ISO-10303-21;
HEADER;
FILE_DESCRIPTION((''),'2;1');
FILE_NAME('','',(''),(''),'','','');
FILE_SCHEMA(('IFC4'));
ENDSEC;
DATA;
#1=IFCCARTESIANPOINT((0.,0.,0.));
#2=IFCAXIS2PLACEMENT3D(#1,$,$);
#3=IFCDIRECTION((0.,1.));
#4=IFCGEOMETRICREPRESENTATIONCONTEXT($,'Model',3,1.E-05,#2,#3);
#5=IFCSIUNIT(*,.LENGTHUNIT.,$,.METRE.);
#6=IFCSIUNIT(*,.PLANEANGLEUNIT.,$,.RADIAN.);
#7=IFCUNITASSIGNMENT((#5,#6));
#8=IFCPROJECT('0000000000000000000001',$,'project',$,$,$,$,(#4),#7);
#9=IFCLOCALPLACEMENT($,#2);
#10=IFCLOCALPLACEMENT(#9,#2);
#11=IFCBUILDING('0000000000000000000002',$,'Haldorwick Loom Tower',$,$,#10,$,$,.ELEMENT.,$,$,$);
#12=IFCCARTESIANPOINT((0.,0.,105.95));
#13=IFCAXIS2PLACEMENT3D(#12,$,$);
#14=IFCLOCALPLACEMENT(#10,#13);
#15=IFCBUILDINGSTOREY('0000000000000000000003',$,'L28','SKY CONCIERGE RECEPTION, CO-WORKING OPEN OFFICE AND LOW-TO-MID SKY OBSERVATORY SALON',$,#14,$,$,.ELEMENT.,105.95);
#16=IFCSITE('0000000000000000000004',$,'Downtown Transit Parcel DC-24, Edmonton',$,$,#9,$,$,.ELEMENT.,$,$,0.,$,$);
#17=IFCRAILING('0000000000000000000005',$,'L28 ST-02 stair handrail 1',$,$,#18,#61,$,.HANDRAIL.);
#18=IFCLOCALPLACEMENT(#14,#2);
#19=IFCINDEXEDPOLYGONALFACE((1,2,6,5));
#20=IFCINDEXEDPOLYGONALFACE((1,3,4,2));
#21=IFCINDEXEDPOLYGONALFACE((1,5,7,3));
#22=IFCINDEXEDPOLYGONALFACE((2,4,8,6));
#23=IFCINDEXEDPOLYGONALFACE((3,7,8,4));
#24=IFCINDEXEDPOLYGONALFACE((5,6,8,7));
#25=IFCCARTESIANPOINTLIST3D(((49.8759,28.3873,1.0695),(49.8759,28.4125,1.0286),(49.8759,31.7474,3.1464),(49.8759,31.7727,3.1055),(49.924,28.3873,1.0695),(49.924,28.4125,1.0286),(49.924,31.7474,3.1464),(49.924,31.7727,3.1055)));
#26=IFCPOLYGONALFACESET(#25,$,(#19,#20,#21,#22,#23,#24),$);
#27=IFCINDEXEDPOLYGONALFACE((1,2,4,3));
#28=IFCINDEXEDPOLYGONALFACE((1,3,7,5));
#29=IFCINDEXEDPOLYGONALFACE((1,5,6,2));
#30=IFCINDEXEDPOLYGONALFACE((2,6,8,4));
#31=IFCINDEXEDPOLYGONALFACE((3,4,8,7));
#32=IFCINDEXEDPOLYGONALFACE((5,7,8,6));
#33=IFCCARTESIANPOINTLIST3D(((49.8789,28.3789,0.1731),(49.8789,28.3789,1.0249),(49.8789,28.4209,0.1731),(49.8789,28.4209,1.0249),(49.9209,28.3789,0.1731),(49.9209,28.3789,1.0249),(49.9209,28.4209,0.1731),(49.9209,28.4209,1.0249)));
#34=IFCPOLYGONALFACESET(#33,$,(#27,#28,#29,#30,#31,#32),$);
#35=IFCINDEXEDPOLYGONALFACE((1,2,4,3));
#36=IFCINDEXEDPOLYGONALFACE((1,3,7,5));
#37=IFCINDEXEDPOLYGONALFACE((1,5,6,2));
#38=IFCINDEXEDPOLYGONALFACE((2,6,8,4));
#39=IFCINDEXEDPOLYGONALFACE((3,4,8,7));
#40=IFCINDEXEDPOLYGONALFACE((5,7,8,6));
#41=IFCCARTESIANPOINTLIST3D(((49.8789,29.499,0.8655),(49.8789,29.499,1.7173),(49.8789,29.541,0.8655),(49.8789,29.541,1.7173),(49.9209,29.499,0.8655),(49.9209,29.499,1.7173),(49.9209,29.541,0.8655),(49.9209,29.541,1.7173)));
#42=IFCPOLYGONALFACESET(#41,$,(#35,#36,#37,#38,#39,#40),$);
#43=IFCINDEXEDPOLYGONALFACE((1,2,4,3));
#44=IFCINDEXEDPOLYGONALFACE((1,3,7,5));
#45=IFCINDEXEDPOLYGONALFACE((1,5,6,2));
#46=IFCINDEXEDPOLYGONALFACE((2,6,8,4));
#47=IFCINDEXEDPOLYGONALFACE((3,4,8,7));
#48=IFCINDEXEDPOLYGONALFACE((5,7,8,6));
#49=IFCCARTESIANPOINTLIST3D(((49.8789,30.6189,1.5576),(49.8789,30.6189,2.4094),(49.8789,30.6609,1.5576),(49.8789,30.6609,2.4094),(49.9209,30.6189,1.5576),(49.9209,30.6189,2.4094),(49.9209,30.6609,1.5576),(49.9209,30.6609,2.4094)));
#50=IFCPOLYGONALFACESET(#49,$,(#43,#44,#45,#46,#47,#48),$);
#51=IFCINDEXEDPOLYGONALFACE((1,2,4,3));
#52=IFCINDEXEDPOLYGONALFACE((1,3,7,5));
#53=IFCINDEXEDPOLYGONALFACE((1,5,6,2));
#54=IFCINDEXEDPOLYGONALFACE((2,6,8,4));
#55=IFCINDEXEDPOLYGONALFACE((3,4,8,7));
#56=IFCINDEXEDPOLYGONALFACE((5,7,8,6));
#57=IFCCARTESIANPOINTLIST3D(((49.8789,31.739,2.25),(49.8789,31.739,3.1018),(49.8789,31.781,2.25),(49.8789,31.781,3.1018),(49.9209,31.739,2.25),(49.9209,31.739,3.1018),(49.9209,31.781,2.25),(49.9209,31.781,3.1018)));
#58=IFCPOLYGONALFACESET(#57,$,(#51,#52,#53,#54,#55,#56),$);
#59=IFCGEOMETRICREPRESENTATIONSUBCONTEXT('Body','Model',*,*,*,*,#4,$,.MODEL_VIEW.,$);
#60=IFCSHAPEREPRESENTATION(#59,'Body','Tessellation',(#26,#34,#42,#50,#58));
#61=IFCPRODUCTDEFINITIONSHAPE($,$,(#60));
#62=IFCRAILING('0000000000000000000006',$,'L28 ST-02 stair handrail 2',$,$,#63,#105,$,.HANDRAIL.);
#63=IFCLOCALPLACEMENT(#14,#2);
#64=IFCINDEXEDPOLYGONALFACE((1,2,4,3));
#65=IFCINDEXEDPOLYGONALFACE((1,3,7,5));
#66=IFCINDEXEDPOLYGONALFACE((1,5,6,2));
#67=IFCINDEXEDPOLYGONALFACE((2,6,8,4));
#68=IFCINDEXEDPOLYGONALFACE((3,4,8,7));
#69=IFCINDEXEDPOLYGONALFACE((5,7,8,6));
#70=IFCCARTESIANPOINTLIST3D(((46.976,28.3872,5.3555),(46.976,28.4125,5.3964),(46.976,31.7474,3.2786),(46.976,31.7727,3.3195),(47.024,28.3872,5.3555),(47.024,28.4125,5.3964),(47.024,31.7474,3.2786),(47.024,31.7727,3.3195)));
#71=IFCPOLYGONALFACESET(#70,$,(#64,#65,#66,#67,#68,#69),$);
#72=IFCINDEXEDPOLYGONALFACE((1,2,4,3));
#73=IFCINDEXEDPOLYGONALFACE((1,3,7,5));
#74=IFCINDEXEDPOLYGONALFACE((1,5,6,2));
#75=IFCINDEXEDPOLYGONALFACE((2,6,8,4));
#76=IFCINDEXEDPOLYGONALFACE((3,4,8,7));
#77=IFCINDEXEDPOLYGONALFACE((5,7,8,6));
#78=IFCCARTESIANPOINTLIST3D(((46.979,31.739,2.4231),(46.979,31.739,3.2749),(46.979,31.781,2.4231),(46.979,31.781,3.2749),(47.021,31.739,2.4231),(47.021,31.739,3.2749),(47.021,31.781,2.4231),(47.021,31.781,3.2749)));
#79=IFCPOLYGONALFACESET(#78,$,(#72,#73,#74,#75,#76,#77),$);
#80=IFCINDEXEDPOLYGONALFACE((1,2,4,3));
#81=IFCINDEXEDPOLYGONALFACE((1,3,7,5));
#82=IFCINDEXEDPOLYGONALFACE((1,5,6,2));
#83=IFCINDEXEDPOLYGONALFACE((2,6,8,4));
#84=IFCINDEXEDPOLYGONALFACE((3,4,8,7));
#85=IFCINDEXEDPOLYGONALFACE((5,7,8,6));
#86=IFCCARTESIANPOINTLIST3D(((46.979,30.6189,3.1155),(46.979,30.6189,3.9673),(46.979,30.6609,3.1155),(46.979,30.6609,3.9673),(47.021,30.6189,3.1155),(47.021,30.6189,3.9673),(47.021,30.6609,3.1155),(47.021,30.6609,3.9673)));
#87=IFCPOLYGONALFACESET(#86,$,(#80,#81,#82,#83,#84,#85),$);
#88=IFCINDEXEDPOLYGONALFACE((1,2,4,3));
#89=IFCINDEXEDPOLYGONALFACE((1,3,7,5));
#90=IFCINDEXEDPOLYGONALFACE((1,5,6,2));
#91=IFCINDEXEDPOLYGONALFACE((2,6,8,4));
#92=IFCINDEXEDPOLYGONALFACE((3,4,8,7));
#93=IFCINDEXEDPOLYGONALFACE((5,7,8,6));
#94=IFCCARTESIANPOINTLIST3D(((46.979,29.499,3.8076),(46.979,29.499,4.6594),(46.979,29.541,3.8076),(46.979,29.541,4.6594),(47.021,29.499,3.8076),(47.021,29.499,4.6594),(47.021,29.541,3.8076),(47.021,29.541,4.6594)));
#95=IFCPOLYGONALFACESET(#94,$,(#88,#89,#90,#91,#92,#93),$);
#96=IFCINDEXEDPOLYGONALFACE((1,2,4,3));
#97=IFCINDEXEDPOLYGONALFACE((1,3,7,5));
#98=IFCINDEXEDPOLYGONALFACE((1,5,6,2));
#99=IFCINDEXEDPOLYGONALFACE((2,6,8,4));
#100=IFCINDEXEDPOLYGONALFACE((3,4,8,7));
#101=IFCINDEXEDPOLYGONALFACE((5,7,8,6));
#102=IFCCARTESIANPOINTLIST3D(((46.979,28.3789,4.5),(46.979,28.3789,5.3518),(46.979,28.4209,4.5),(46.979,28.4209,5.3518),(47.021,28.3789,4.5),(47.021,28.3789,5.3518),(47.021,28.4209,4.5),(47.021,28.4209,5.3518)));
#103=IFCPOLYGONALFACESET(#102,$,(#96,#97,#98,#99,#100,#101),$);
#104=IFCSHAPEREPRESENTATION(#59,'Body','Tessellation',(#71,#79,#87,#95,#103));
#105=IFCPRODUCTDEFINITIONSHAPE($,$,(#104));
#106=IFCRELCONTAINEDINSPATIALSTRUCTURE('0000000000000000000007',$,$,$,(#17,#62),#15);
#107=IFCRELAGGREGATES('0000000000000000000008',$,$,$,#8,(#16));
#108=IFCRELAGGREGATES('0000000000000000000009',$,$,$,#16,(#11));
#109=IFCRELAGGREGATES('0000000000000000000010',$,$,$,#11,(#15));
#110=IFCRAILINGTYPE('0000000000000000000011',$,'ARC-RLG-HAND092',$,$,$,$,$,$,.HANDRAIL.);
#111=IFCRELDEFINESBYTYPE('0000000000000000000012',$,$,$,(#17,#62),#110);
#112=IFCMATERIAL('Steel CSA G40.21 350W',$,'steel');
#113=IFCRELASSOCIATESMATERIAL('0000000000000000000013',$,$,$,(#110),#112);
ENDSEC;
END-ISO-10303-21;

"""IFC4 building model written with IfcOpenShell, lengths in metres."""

from ifc_helpers import new_model, si_unit, direction, frame, origin, origin_2d, place, context, subcontext, project, spatial, rectangle, extrude, material, type_object, element, save


model = new_model("IFC4")

# Units and contexts
model_context = context("Model", 3, precision=1e-05, world=origin(), true_north=direction((0.0, 1.0)))
body_context = subcontext(model_context, "Body", "Model", "MODEL_VIEW")
ifc_project = project(units=[si_unit("LENGTHUNIT", "METRE"), si_unit("PLANEANGLEUNIT", "RADIAN")], contexts=[model_context])

# Site, building, storey
site_placement = place(None, origin())
site = spatial("IfcSite", under=ifc_project, at=site_placement, Name="Downtown Transit Parcel DC-24, Edmonton", CompositionType="ELEMENT", RefElevation=0.0)
building_placement = place(site_placement, origin())
building = spatial("IfcBuilding", under=site, at=building_placement, Name="Haldorwick Loom Tower", CompositionType="ELEMENT")
storey_placement = place(building_placement, frame((0.0, 0.0, 105.95)))
storey = spatial("IfcBuildingStorey", under=building, at=storey_placement, Name="L28", Description="SKY CONCIERGE RECEPTION, CO-WORKING OPEN OFFICE AND LOW-TO-MID SKY OBSERVATORY SALON", CompositionType="ELEMENT", Elevation=105.95)

# Shared definitions
ifc_material_1 = material(Name="Steel CSA G40.21 350W", Category="steel")

# Railings
railing_type_1 = type_object("IfcRailingType", Name="ARC-RLG-HAND092", PredefinedType="HANDRAIL", material=ifc_material_1)
railing_1_placement = place(storey_placement, frame((49.8999, 28.3999, 0.1731)))
element("IfcRailing", 1, at=railing_1_placement, inside=storey, type_object=railing_type_1, Name="L28 ST-02 stair handrail 1", PredefinedType="HANDRAIL", context=body_context, shape_type="SweptSolid", body=[
    extrude(rectangle(XDim=0.0481, YDim=0.0481, at=origin_2d()), frame((0.0, 0.0, 0.876), z_axis=(0.0, 0.850623, 0.525776), x_axis=(-1.0, 0.0, 0.0)), (0.0, 0.0, 1.0), 3.9502),
    extrude(rectangle(XDim=0.042, YDim=0.042, at=origin_2d()), origin(), (0.0, 0.0, 1.0), 0.8518),
    extrude(rectangle(XDim=0.042, YDim=0.042, at=origin_2d()), frame((0.0, 1.1201, 0.6924)), (0.0, 0.0, 1.0), 0.8518),
    extrude(rectangle(XDim=0.042, YDim=0.042, at=origin_2d()), frame((0.0, 2.24, 1.3845)), (0.0, 0.0, 1.0), 0.8518),
    extrude(rectangle(XDim=0.042, YDim=0.042, at=origin_2d()), frame((0.0, 3.3601, 2.0769)), (0.0, 0.0, 1.0), 0.8518),
])
railing_2_placement = place(storey_placement, frame((47.0, 31.76, 2.4231)))
element("IfcRailing", 2, at=railing_2_placement, inside=storey, type_object=railing_type_1, Name="L28 ST-02 stair handrail 2", PredefinedType="HANDRAIL", context=body_context, shape_type="SweptSolid", body=[
    extrude(rectangle(XDim=0.0481, YDim=0.0481, at=origin_2d()), frame((0.0, 0.0, 0.876), z_axis=(0.0, -0.850623, 0.525776), x_axis=(1.0, 0.0, 0.0)), (0.0, 0.0, 1.0), 3.9502),
    extrude(rectangle(XDim=0.042, YDim=0.042, at=origin_2d()), origin(), (0.0, 0.0, 1.0), 0.8518),
    extrude(rectangle(XDim=0.042, YDim=0.042, at=origin_2d()), frame((0.0, -1.1201, 0.6924)), (0.0, 0.0, 1.0), 0.8518),
    extrude(rectangle(XDim=0.042, YDim=0.042, at=origin_2d()), frame((0.0, -2.24, 1.3845)), (0.0, 0.0, 1.0), 0.8518),
    extrude(rectangle(XDim=0.042, YDim=0.042, at=origin_2d()), frame((0.0, -3.3601, 2.0769)), (0.0, 0.0, 1.0), 0.8518),
])

save(model, "model.ifc")
